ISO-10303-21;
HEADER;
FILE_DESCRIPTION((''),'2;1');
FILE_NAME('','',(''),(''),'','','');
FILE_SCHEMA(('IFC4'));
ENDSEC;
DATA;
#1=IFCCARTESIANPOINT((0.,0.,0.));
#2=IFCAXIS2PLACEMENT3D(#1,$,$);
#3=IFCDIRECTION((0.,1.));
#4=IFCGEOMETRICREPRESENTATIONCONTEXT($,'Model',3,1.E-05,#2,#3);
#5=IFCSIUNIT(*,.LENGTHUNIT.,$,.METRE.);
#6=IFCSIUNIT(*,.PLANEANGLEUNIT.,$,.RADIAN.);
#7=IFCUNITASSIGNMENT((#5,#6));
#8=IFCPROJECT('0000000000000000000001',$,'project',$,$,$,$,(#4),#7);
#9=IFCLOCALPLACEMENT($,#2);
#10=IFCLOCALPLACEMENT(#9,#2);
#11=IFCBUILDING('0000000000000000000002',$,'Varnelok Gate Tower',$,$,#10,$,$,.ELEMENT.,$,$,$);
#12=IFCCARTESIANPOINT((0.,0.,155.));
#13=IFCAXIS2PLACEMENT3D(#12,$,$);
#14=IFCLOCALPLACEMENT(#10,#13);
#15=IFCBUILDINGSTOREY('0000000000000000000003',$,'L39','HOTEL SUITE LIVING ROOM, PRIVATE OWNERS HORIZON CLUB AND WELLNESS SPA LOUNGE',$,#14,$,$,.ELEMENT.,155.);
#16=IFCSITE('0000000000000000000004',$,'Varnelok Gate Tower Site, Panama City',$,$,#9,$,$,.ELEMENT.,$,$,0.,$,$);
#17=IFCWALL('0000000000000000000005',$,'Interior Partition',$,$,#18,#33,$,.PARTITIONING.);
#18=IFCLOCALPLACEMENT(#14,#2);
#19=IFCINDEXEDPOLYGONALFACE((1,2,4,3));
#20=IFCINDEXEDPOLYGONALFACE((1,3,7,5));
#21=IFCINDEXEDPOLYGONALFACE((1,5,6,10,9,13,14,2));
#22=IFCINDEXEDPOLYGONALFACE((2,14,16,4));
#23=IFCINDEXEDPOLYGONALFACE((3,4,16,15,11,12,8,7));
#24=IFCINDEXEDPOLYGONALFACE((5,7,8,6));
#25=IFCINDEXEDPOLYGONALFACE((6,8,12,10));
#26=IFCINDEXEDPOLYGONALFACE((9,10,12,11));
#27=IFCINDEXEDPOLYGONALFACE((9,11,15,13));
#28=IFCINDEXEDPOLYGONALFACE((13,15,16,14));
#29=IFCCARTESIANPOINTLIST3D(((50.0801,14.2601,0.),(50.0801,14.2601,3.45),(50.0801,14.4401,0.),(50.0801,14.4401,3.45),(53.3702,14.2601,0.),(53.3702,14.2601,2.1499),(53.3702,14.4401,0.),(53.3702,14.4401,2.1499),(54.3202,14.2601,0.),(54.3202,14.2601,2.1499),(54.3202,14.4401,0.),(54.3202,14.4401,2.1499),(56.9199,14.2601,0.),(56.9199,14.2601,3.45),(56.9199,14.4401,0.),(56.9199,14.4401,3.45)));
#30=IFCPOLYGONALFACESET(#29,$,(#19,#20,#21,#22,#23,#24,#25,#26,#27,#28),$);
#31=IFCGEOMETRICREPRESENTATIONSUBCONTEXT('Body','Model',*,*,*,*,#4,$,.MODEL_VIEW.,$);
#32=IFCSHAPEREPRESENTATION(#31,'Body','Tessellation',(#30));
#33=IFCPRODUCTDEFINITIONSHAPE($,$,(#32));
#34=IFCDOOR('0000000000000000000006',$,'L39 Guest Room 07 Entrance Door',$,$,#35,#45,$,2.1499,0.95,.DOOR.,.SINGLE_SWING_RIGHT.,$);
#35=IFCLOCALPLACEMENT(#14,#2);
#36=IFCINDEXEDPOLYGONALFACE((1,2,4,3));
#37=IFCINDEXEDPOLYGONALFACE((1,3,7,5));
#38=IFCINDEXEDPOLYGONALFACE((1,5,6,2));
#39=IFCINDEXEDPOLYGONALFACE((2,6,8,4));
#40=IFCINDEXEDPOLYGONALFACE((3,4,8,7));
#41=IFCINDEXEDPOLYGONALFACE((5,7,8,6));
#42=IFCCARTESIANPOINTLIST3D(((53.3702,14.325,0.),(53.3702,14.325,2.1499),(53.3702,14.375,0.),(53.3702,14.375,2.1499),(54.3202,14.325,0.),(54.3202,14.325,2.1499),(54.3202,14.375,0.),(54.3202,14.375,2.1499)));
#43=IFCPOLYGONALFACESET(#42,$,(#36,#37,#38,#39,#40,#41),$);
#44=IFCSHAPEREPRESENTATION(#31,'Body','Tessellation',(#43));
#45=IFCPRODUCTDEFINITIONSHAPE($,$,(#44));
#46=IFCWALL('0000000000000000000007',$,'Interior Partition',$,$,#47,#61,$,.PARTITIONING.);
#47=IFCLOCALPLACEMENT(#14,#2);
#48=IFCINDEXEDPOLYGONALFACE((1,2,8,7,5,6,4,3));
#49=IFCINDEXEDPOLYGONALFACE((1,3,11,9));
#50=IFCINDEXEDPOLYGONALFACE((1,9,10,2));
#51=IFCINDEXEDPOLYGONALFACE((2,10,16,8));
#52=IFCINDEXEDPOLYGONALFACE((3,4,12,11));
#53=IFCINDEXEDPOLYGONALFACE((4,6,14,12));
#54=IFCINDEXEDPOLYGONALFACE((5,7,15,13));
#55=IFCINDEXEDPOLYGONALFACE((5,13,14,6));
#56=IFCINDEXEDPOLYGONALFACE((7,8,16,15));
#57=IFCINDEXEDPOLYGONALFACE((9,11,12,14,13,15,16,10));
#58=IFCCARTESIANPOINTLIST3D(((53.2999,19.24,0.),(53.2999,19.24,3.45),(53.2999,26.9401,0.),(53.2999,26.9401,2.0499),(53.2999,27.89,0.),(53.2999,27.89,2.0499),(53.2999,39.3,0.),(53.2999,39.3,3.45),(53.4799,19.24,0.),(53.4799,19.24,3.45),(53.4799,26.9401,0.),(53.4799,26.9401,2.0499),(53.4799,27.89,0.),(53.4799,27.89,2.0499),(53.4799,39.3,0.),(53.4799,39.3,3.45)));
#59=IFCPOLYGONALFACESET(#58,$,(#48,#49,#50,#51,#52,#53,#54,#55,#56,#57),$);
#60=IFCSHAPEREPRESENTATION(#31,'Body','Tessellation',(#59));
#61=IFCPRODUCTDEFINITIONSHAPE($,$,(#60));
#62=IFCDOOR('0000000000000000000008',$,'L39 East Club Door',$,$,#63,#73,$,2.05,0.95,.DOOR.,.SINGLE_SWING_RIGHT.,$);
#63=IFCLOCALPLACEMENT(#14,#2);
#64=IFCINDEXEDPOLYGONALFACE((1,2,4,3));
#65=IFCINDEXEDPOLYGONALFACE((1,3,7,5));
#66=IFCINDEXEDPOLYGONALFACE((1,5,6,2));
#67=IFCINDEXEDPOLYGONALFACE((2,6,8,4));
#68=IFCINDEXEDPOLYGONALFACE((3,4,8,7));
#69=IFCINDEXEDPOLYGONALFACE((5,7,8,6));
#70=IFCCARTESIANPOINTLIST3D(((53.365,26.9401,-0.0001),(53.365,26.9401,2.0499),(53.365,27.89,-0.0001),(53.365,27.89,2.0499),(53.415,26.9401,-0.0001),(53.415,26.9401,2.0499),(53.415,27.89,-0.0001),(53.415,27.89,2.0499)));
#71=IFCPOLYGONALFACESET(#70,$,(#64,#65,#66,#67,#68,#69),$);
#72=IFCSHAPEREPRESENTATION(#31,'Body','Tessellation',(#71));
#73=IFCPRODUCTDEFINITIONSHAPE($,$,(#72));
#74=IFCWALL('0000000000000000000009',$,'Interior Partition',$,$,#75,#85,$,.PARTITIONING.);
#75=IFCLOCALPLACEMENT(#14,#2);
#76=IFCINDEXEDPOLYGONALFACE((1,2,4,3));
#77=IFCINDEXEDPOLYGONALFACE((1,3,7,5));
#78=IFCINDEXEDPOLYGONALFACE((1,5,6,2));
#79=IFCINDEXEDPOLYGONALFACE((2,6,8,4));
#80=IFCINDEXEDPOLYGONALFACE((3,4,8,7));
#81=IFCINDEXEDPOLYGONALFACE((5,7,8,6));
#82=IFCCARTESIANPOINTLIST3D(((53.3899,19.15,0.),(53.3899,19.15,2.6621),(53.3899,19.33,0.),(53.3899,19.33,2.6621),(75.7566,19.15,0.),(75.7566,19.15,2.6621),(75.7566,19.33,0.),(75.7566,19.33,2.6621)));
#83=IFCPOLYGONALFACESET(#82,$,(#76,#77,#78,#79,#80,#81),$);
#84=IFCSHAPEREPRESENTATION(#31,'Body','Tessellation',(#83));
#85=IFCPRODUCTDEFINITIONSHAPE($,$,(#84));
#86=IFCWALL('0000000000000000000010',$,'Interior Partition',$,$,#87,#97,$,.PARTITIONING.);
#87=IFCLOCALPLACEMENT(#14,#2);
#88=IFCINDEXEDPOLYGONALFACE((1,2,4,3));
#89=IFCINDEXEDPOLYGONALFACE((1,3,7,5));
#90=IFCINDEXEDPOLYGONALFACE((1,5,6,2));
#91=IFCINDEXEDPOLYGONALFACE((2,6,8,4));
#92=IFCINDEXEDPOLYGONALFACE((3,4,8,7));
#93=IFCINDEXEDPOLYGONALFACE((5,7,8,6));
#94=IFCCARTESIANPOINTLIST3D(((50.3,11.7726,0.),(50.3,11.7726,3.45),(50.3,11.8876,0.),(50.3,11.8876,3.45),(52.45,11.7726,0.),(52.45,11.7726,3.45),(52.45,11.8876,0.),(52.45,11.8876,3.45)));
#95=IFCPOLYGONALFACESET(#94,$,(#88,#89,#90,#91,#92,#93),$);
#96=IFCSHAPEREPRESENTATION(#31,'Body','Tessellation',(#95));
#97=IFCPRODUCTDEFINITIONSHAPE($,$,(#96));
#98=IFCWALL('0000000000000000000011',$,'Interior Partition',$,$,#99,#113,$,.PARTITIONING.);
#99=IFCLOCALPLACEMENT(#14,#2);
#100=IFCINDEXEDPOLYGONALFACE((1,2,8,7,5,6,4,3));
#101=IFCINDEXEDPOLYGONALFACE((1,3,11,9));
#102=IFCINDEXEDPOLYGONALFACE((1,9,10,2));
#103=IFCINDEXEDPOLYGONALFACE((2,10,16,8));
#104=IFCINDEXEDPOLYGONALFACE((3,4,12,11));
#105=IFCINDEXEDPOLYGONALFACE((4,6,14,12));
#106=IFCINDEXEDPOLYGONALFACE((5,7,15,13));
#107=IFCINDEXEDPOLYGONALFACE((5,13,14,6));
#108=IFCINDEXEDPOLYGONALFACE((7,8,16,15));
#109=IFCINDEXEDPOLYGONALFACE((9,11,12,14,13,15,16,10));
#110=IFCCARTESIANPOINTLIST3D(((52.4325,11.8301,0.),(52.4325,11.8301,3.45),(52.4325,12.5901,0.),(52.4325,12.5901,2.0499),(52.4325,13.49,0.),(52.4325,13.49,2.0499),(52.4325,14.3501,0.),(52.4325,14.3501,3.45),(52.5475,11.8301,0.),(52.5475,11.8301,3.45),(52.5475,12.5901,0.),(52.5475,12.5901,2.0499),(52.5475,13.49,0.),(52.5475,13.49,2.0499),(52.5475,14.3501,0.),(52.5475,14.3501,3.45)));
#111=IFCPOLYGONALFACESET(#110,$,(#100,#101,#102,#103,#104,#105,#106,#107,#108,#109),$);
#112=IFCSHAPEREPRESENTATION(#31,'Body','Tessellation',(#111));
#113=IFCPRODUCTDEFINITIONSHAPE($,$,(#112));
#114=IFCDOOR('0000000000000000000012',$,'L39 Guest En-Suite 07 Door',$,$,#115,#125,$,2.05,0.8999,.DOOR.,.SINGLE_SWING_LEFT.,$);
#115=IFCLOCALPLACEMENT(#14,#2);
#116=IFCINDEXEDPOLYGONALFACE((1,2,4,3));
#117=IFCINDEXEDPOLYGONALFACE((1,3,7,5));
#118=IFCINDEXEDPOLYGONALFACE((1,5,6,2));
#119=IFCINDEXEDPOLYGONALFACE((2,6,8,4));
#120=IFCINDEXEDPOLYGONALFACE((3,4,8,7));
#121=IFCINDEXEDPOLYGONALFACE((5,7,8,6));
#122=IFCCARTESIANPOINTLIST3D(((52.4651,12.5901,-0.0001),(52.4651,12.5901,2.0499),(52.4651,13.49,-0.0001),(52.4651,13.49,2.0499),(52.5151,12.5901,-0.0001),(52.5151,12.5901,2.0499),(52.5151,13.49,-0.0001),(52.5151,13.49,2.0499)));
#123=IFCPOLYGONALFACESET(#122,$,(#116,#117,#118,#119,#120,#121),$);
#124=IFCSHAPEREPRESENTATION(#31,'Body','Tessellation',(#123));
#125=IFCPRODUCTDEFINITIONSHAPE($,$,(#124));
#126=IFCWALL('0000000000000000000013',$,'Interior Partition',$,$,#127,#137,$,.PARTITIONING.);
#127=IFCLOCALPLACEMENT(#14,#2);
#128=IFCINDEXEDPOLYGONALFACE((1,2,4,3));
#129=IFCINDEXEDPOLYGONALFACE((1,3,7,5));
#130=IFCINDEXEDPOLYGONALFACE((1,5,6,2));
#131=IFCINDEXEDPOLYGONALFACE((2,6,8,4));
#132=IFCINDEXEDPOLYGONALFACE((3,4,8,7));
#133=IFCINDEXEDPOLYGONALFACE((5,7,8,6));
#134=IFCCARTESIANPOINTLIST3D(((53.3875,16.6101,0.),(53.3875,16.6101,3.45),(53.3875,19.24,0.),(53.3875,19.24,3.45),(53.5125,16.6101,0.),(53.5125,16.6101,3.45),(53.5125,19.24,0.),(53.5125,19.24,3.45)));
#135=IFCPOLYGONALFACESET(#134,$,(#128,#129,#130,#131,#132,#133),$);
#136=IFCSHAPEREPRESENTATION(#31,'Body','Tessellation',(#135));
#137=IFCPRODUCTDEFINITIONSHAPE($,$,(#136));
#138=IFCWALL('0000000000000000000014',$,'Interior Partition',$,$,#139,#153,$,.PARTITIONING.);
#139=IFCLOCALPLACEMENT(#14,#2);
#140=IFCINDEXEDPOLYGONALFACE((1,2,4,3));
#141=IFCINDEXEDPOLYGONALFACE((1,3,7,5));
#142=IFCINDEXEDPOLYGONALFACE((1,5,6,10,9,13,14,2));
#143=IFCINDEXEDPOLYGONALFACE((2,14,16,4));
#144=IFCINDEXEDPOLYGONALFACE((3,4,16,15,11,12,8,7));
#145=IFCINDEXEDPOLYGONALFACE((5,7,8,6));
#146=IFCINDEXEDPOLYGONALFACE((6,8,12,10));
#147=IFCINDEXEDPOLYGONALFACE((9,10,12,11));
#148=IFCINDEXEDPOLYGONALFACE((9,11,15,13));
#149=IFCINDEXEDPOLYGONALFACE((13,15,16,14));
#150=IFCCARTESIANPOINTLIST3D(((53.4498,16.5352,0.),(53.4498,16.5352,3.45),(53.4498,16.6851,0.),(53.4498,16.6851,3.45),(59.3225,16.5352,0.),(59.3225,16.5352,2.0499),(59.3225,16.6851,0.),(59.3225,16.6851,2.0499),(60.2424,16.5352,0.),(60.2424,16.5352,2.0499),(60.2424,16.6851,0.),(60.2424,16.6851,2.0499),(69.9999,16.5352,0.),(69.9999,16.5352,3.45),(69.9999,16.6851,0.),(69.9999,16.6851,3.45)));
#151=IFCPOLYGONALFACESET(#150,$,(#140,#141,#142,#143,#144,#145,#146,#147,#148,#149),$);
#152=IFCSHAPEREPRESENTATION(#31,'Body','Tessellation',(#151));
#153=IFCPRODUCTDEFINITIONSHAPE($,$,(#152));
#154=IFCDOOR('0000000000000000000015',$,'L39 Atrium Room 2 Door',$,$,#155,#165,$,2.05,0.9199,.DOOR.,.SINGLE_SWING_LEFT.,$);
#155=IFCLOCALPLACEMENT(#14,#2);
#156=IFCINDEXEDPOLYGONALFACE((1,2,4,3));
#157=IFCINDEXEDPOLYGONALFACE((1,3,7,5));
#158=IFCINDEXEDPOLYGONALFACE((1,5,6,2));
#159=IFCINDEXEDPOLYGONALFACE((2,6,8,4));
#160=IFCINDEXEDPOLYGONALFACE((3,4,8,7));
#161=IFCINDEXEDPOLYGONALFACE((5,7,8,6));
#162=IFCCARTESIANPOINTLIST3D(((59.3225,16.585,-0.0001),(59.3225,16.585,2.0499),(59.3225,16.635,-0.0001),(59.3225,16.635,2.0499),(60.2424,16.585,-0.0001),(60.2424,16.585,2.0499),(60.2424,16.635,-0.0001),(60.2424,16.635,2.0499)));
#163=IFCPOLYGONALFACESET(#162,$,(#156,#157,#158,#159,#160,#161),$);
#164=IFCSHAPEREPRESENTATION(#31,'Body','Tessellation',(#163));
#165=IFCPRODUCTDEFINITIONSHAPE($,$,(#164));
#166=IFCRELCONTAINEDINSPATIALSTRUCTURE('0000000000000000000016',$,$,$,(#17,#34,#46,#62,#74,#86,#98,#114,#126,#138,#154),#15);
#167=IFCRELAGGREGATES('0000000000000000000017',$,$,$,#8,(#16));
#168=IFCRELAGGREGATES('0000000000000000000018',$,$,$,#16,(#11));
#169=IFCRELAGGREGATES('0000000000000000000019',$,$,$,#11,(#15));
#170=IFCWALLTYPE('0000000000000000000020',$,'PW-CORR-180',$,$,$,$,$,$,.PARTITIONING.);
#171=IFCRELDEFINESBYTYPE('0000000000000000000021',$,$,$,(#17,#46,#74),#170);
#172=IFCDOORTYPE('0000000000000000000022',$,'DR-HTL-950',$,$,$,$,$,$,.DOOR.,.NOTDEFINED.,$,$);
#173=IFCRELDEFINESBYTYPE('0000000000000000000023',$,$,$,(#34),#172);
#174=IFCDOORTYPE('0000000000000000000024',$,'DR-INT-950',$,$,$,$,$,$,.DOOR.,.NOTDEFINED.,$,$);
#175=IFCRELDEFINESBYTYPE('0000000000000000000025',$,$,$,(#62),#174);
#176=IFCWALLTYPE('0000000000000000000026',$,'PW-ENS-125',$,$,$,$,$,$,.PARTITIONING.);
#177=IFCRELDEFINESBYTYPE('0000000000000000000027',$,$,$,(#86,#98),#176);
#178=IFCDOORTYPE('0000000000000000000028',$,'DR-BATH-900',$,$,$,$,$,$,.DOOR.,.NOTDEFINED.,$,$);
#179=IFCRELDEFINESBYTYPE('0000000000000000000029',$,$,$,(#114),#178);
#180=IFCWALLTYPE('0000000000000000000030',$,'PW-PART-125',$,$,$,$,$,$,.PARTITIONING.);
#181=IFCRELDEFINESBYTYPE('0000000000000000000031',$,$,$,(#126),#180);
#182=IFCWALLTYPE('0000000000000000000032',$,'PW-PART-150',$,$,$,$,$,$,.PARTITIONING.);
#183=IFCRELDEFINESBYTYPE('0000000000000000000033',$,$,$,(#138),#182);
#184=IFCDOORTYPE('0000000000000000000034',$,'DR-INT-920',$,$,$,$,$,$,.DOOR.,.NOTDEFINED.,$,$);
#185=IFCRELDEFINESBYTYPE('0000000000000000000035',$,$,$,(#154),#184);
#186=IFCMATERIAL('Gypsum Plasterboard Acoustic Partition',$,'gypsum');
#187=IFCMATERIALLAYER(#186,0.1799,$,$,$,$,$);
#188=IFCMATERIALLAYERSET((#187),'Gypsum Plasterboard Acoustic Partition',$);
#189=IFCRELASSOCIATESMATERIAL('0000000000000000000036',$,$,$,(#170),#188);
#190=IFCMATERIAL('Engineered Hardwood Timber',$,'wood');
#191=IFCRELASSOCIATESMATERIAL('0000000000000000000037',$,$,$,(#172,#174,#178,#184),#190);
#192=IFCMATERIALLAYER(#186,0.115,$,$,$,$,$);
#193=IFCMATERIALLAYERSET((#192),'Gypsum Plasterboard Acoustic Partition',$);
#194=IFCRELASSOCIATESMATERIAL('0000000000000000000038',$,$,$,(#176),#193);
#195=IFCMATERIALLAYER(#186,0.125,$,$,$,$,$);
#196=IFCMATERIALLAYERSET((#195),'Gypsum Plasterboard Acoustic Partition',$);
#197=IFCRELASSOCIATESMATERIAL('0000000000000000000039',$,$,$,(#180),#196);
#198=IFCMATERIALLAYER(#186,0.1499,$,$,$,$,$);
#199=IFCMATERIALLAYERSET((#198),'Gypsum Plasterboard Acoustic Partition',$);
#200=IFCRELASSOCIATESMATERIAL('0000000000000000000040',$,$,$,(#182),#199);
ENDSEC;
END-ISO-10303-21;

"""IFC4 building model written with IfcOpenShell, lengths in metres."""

from ifc_helpers import new_model, si_unit, direction, frame, frame_2d, origin, place, context, subcontext, project, spatial, rectangle, extrude, material, layer, layer_set, type_object, element, fill, save


model = new_model("IFC4")

# Units and contexts
model_context = context("Model", 3, precision=1e-05, world=origin(), true_north=direction((0.0, 1.0)))
body_context = subcontext(model_context, "Body", "Model", "MODEL_VIEW")
ifc_project = project(units=[si_unit("LENGTHUNIT", "METRE"), si_unit("PLANEANGLEUNIT", "RADIAN")], contexts=[model_context])

# Site, building, storey
site_placement = place(None, origin())
site = spatial("IfcSite", under=ifc_project, at=site_placement, Name="Varnelok Gate Tower Site, Panama City", CompositionType="ELEMENT", RefElevation=0.0)
building_placement = place(site_placement, origin())
building = spatial("IfcBuilding", under=site, at=building_placement, Name="Varnelok Gate Tower", CompositionType="ELEMENT")
storey_placement = place(building_placement, frame((0.0, 0.0, 155.0)))
storey = spatial("IfcBuildingStorey", under=building, at=storey_placement, Name="L39", Description="HOTEL SUITE LIVING ROOM, PRIVATE OWNERS HORIZON CLUB AND WELLNESS SPA LOUNGE", CompositionType="ELEMENT", Elevation=155.0)

# Walls, openings, doors
ifc_material_1 = material(Name="Gypsum Plasterboard Acoustic Partition", Category="gypsum")
ifc_layer_1 = layer(ifc_material_1, 0.1799)
ifc_layer_set_1 = layer_set([ifc_layer_1], Name="Gypsum Plasterboard Acoustic Partition")
wall_type_1 = type_object("IfcWallType", Name="PW-CORR-180", PredefinedType="PARTITIONING", material=ifc_layer_set_1)
ifc_material_2 = material(Name="Engineered Hardwood Timber", Category="wood")
door_type_1 = type_object("IfcDoorType", Name="DR-HTL-950", OperationType="NOTDEFINED", PredefinedType="DOOR", material=ifc_material_2)
wall_1_placement = place(storey_placement, frame((50.0801, 14.3501, 0.0), z_axis=(0.0, 0.0, 1.0), x_axis=(1.0, 0.0, 0.0)))
wall_1 = element("IfcWall", 1, at=wall_1_placement, inside=storey, type_object=wall_type_1, Name="Interior Partition", PredefinedType="PARTITIONING", context=body_context, shape_type="SweptSolid", body=[
    extrude(rectangle(XDim=6.8398, YDim=0.1799, at=frame_2d((3.4199, 0.0))), origin(), (0.0, 0.0, 1.0), 3.45),
])
opening_1_placement = place(wall_1_placement, frame((3.29, 0.0, 0.0)))
opening_1 = element("IfcOpeningElement", 2, at=opening_1_placement, cuts=wall_1, PredefinedType="OPENING", context=body_context, shape_type="SweptSolid", body=[
    extrude(rectangle(XDim=0.95, YDim=2.1499, at=frame_2d((0.4751, 1.075))), frame((0.0, 0.0999, 0.0), z_axis=(0.0, -1.0, 0.0), x_axis=(1.0, 0.0, 0.0)), (0.0, 0.0, 1.0), 0.2),
])
door_1_placement = place(opening_1_placement, origin())
door_1 = element("IfcDoor", 3, at=door_1_placement, inside=storey, type_object=door_type_1, Name="L39 Guest Room 07 Entrance Door", OperationType="SINGLE_SWING_RIGHT", OverallHeight=2.1499, OverallWidth=0.95, PredefinedType="DOOR", context=body_context, shape_type="SweptSolid", body=[
    extrude(rectangle(XDim=0.95, YDim=2.1499, at=frame_2d((0.4751, 1.075))), frame((0.0, 0.0249, 0.0), z_axis=(0.0, -1.0, 0.0), x_axis=(1.0, 0.0, 0.0)), (0.0, 0.0, 1.0), 0.05),
])
fill(opening_1, door_1)
wall_2_placement = place(storey_placement, frame((53.3899, 19.24, 0.0), z_axis=(0.0, 0.0, 1.0), x_axis=(0.0, 1.0, 0.0)))
wall_2 = element("IfcWall", 4, at=wall_2_placement, inside=storey, type_object=wall_type_1, Name="Interior Partition", PredefinedType="PARTITIONING", context=body_context, shape_type="SweptSolid", body=[
    extrude(rectangle(XDim=20.0601, YDim=0.1799, at=frame_2d((10.03, 0.0))), origin(), (0.0, 0.0, 1.0), 3.45),
])
opening_2_placement = place(wall_2_placement, frame((7.7, 0.0, 0.0)))
opening_2 = element("IfcOpeningElement", 5, at=opening_2_placement, cuts=wall_2, PredefinedType="OPENING", context=body_context, shape_type="SweptSolid", body=[
    extrude(rectangle(XDim=0.95, YDim=2.05, at=frame_2d((0.4751, 1.0249))), frame((0.0, 0.0999, 0.0), z_axis=(0.0, -1.0, 0.0), x_axis=(1.0, 0.0, 0.0)), (0.0, 0.0, 1.0), 0.2),
])
door_type_2 = type_object("IfcDoorType", Name="DR-INT-950", OperationType="NOTDEFINED", PredefinedType="DOOR", material=ifc_material_2)
door_2_placement = place(opening_2_placement, origin())
door_2 = element("IfcDoor", 6, at=door_2_placement, inside=storey, type_object=door_type_2, Name="L39 East Club Door", OperationType="SINGLE_SWING_RIGHT", OverallHeight=2.05, OverallWidth=0.95, PredefinedType="DOOR", context=body_context, shape_type="SweptSolid", body=[
    extrude(rectangle(XDim=0.95, YDim=2.05, at=frame_2d((0.4751, 1.0249))), frame((0.0, 0.0249, 0.0), z_axis=(0.0, -1.0, 0.0), x_axis=(1.0, 0.0, 0.0)), (0.0, 0.0, 1.0), 0.05),
])
fill(opening_2, door_2)

# Walls
wall_3_placement = place(storey_placement, frame((53.3899, 19.24, 0.0), z_axis=(0.0, 0.0, 1.0), x_axis=(1.0, 0.0, 0.0)))
element("IfcWall", 7, at=wall_3_placement, inside=storey, type_object=wall_type_1, Name="Interior Partition", PredefinedType="PARTITIONING", context=body_context, shape_type="SweptSolid", body=[
    extrude(rectangle(XDim=22.3667, YDim=0.1799, at=frame_2d((11.1833, 0.0))), origin(), (0.0, 0.0, 1.0), 2.6621),
])
ifc_layer_2 = layer(ifc_material_1, 0.115)
ifc_layer_set_2 = layer_set([ifc_layer_2], Name="Gypsum Plasterboard Acoustic Partition")
wall_type_2 = type_object("IfcWallType", Name="PW-ENS-125", PredefinedType="PARTITIONING", material=ifc_layer_set_2)
wall_4_placement = place(storey_placement, frame((50.3, 11.8301, 0.0), z_axis=(0.0, 0.0, 1.0), x_axis=(1.0, 0.0, 0.0)))
element("IfcWall", 8, at=wall_4_placement, inside=storey, type_object=wall_type_2, Name="Interior Partition", PredefinedType="PARTITIONING", context=body_context, shape_type="SweptSolid", body=[
    extrude(rectangle(XDim=2.1499, YDim=0.115, at=frame_2d((1.075, 0.0))), origin(), (0.0, 0.0, 1.0), 3.45),
])

# Wall, opening, door
wall_5_placement = place(storey_placement, frame((52.49, 11.8301, 0.0), z_axis=(0.0, 0.0, 1.0), x_axis=(0.0, 1.0, 0.0)))
wall_5 = element("IfcWall", 9, at=wall_5_placement, inside=storey, type_object=wall_type_2, Name="Interior Partition", PredefinedType="PARTITIONING", context=body_context, shape_type="SweptSolid", body=[
    extrude(rectangle(XDim=2.52, YDim=0.115, at=frame_2d((1.26, 0.0))), origin(), (0.0, 0.0, 1.0), 3.45),
])
opening_3_placement = place(wall_5_placement, frame((0.76, 0.0, 0.0)))
opening_3 = element("IfcOpeningElement", 10, at=opening_3_placement, cuts=wall_5, PredefinedType="OPENING", context=body_context, shape_type="SweptSolid", body=[
    extrude(rectangle(XDim=0.8999, YDim=2.05, at=frame_2d((0.45, 1.0249))), frame((0.0, 0.0674, 0.0), z_axis=(0.0, -1.0, 0.0), x_axis=(1.0, 0.0, 0.0)), (0.0, 0.0, 1.0), 0.135),
])
door_type_3 = type_object("IfcDoorType", Name="DR-BATH-900", OperationType="NOTDEFINED", PredefinedType="DOOR", material=ifc_material_2)
door_3_placement = place(opening_3_placement, origin())
door_3 = element("IfcDoor", 11, at=door_3_placement, inside=storey, type_object=door_type_3, Name="L39 Guest En-Suite 07 Door", OperationType="SINGLE_SWING_LEFT", OverallHeight=2.05, OverallWidth=0.8999, PredefinedType="DOOR", context=body_context, shape_type="SweptSolid", body=[
    extrude(rectangle(XDim=0.8999, YDim=2.05, at=frame_2d((0.45, 1.0249))), frame((0.0, 0.0249, 0.0), z_axis=(0.0, -1.0, 0.0), x_axis=(1.0, 0.0, 0.0)), (0.0, 0.0, 1.0), 0.05),
])
fill(opening_3, door_3)

# Wall
ifc_layer_3 = layer(ifc_material_1, 0.125)
ifc_layer_set_3 = layer_set([ifc_layer_3], Name="Gypsum Plasterboard Acoustic Partition")
wall_type_3 = type_object("IfcWallType", Name="PW-PART-125", PredefinedType="PARTITIONING", material=ifc_layer_set_3)
wall_6_placement = place(storey_placement, frame((53.45, 16.6101, 0.0), z_axis=(0.0, 0.0, 1.0), x_axis=(0.0, 1.0, 0.0)))
element("IfcWall", 12, at=wall_6_placement, inside=storey, type_object=wall_type_3, Name="Interior Partition", PredefinedType="PARTITIONING", context=body_context, shape_type="SweptSolid", body=[
    extrude(rectangle(XDim=2.6299, YDim=0.125, at=frame_2d((1.3149, 0.0))), origin(), (0.0, 0.0, 1.0), 3.45),
])

# Wall, opening, door
ifc_layer_4 = layer(ifc_material_1, 0.1499)
ifc_layer_set_4 = layer_set([ifc_layer_4], Name="Gypsum Plasterboard Acoustic Partition")
wall_type_4 = type_object("IfcWallType", Name="PW-PART-150", PredefinedType="PARTITIONING", material=ifc_layer_set_4)
wall_7_placement = place(storey_placement, frame((53.45, 16.6101, 0.0), z_axis=(0.0, 0.0, 1.0), x_axis=(1.0, 0.0, 0.0)))
wall_7 = element("IfcWall", 13, at=wall_7_placement, inside=storey, type_object=wall_type_4, Name="Interior Partition", PredefinedType="PARTITIONING", context=body_context, shape_type="SweptSolid", body=[
    extrude(rectangle(XDim=16.55, YDim=0.1499, at=frame_2d((8.2749, 0.0))), origin(), (0.0, 0.0, 1.0), 3.45),
])
opening_4_placement = place(wall_7_placement, frame((5.8726, 0.0, 0.0)))
opening_4 = element("IfcOpeningElement", 14, at=opening_4_placement, cuts=wall_7, PredefinedType="OPENING", context=body_context, shape_type="SweptSolid", body=[
    extrude(rectangle(XDim=0.9199, YDim=2.05, at=frame_2d((0.46, 1.0249))), frame((0.0, 0.085, 0.0), z_axis=(0.0, -1.0, 0.0), x_axis=(1.0, 0.0, 0.0)), (0.0, 0.0, 1.0), 0.1699),
])
door_type_4 = type_object("IfcDoorType", Name="DR-INT-920", OperationType="NOTDEFINED", PredefinedType="DOOR", material=ifc_material_2)
door_4_placement = place(opening_4_placement, origin())
door_4 = element("IfcDoor", 15, at=door_4_placement, inside=storey, type_object=door_type_4, Name="L39 Atrium Room 2 Door", OperationType="SINGLE_SWING_LEFT", OverallHeight=2.05, OverallWidth=0.9199, PredefinedType="DOOR", context=body_context, shape_type="SweptSolid", body=[
    extrude(rectangle(XDim=0.9199, YDim=2.05, at=frame_2d((0.46, 1.0249))), frame((0.0, 0.0249, 0.0), z_axis=(0.0, -1.0, 0.0), x_axis=(1.0, 0.0, 0.0)), (0.0, 0.0, 1.0), 0.05),
])
fill(opening_4, door_4)

save(model, "model.ifc")
